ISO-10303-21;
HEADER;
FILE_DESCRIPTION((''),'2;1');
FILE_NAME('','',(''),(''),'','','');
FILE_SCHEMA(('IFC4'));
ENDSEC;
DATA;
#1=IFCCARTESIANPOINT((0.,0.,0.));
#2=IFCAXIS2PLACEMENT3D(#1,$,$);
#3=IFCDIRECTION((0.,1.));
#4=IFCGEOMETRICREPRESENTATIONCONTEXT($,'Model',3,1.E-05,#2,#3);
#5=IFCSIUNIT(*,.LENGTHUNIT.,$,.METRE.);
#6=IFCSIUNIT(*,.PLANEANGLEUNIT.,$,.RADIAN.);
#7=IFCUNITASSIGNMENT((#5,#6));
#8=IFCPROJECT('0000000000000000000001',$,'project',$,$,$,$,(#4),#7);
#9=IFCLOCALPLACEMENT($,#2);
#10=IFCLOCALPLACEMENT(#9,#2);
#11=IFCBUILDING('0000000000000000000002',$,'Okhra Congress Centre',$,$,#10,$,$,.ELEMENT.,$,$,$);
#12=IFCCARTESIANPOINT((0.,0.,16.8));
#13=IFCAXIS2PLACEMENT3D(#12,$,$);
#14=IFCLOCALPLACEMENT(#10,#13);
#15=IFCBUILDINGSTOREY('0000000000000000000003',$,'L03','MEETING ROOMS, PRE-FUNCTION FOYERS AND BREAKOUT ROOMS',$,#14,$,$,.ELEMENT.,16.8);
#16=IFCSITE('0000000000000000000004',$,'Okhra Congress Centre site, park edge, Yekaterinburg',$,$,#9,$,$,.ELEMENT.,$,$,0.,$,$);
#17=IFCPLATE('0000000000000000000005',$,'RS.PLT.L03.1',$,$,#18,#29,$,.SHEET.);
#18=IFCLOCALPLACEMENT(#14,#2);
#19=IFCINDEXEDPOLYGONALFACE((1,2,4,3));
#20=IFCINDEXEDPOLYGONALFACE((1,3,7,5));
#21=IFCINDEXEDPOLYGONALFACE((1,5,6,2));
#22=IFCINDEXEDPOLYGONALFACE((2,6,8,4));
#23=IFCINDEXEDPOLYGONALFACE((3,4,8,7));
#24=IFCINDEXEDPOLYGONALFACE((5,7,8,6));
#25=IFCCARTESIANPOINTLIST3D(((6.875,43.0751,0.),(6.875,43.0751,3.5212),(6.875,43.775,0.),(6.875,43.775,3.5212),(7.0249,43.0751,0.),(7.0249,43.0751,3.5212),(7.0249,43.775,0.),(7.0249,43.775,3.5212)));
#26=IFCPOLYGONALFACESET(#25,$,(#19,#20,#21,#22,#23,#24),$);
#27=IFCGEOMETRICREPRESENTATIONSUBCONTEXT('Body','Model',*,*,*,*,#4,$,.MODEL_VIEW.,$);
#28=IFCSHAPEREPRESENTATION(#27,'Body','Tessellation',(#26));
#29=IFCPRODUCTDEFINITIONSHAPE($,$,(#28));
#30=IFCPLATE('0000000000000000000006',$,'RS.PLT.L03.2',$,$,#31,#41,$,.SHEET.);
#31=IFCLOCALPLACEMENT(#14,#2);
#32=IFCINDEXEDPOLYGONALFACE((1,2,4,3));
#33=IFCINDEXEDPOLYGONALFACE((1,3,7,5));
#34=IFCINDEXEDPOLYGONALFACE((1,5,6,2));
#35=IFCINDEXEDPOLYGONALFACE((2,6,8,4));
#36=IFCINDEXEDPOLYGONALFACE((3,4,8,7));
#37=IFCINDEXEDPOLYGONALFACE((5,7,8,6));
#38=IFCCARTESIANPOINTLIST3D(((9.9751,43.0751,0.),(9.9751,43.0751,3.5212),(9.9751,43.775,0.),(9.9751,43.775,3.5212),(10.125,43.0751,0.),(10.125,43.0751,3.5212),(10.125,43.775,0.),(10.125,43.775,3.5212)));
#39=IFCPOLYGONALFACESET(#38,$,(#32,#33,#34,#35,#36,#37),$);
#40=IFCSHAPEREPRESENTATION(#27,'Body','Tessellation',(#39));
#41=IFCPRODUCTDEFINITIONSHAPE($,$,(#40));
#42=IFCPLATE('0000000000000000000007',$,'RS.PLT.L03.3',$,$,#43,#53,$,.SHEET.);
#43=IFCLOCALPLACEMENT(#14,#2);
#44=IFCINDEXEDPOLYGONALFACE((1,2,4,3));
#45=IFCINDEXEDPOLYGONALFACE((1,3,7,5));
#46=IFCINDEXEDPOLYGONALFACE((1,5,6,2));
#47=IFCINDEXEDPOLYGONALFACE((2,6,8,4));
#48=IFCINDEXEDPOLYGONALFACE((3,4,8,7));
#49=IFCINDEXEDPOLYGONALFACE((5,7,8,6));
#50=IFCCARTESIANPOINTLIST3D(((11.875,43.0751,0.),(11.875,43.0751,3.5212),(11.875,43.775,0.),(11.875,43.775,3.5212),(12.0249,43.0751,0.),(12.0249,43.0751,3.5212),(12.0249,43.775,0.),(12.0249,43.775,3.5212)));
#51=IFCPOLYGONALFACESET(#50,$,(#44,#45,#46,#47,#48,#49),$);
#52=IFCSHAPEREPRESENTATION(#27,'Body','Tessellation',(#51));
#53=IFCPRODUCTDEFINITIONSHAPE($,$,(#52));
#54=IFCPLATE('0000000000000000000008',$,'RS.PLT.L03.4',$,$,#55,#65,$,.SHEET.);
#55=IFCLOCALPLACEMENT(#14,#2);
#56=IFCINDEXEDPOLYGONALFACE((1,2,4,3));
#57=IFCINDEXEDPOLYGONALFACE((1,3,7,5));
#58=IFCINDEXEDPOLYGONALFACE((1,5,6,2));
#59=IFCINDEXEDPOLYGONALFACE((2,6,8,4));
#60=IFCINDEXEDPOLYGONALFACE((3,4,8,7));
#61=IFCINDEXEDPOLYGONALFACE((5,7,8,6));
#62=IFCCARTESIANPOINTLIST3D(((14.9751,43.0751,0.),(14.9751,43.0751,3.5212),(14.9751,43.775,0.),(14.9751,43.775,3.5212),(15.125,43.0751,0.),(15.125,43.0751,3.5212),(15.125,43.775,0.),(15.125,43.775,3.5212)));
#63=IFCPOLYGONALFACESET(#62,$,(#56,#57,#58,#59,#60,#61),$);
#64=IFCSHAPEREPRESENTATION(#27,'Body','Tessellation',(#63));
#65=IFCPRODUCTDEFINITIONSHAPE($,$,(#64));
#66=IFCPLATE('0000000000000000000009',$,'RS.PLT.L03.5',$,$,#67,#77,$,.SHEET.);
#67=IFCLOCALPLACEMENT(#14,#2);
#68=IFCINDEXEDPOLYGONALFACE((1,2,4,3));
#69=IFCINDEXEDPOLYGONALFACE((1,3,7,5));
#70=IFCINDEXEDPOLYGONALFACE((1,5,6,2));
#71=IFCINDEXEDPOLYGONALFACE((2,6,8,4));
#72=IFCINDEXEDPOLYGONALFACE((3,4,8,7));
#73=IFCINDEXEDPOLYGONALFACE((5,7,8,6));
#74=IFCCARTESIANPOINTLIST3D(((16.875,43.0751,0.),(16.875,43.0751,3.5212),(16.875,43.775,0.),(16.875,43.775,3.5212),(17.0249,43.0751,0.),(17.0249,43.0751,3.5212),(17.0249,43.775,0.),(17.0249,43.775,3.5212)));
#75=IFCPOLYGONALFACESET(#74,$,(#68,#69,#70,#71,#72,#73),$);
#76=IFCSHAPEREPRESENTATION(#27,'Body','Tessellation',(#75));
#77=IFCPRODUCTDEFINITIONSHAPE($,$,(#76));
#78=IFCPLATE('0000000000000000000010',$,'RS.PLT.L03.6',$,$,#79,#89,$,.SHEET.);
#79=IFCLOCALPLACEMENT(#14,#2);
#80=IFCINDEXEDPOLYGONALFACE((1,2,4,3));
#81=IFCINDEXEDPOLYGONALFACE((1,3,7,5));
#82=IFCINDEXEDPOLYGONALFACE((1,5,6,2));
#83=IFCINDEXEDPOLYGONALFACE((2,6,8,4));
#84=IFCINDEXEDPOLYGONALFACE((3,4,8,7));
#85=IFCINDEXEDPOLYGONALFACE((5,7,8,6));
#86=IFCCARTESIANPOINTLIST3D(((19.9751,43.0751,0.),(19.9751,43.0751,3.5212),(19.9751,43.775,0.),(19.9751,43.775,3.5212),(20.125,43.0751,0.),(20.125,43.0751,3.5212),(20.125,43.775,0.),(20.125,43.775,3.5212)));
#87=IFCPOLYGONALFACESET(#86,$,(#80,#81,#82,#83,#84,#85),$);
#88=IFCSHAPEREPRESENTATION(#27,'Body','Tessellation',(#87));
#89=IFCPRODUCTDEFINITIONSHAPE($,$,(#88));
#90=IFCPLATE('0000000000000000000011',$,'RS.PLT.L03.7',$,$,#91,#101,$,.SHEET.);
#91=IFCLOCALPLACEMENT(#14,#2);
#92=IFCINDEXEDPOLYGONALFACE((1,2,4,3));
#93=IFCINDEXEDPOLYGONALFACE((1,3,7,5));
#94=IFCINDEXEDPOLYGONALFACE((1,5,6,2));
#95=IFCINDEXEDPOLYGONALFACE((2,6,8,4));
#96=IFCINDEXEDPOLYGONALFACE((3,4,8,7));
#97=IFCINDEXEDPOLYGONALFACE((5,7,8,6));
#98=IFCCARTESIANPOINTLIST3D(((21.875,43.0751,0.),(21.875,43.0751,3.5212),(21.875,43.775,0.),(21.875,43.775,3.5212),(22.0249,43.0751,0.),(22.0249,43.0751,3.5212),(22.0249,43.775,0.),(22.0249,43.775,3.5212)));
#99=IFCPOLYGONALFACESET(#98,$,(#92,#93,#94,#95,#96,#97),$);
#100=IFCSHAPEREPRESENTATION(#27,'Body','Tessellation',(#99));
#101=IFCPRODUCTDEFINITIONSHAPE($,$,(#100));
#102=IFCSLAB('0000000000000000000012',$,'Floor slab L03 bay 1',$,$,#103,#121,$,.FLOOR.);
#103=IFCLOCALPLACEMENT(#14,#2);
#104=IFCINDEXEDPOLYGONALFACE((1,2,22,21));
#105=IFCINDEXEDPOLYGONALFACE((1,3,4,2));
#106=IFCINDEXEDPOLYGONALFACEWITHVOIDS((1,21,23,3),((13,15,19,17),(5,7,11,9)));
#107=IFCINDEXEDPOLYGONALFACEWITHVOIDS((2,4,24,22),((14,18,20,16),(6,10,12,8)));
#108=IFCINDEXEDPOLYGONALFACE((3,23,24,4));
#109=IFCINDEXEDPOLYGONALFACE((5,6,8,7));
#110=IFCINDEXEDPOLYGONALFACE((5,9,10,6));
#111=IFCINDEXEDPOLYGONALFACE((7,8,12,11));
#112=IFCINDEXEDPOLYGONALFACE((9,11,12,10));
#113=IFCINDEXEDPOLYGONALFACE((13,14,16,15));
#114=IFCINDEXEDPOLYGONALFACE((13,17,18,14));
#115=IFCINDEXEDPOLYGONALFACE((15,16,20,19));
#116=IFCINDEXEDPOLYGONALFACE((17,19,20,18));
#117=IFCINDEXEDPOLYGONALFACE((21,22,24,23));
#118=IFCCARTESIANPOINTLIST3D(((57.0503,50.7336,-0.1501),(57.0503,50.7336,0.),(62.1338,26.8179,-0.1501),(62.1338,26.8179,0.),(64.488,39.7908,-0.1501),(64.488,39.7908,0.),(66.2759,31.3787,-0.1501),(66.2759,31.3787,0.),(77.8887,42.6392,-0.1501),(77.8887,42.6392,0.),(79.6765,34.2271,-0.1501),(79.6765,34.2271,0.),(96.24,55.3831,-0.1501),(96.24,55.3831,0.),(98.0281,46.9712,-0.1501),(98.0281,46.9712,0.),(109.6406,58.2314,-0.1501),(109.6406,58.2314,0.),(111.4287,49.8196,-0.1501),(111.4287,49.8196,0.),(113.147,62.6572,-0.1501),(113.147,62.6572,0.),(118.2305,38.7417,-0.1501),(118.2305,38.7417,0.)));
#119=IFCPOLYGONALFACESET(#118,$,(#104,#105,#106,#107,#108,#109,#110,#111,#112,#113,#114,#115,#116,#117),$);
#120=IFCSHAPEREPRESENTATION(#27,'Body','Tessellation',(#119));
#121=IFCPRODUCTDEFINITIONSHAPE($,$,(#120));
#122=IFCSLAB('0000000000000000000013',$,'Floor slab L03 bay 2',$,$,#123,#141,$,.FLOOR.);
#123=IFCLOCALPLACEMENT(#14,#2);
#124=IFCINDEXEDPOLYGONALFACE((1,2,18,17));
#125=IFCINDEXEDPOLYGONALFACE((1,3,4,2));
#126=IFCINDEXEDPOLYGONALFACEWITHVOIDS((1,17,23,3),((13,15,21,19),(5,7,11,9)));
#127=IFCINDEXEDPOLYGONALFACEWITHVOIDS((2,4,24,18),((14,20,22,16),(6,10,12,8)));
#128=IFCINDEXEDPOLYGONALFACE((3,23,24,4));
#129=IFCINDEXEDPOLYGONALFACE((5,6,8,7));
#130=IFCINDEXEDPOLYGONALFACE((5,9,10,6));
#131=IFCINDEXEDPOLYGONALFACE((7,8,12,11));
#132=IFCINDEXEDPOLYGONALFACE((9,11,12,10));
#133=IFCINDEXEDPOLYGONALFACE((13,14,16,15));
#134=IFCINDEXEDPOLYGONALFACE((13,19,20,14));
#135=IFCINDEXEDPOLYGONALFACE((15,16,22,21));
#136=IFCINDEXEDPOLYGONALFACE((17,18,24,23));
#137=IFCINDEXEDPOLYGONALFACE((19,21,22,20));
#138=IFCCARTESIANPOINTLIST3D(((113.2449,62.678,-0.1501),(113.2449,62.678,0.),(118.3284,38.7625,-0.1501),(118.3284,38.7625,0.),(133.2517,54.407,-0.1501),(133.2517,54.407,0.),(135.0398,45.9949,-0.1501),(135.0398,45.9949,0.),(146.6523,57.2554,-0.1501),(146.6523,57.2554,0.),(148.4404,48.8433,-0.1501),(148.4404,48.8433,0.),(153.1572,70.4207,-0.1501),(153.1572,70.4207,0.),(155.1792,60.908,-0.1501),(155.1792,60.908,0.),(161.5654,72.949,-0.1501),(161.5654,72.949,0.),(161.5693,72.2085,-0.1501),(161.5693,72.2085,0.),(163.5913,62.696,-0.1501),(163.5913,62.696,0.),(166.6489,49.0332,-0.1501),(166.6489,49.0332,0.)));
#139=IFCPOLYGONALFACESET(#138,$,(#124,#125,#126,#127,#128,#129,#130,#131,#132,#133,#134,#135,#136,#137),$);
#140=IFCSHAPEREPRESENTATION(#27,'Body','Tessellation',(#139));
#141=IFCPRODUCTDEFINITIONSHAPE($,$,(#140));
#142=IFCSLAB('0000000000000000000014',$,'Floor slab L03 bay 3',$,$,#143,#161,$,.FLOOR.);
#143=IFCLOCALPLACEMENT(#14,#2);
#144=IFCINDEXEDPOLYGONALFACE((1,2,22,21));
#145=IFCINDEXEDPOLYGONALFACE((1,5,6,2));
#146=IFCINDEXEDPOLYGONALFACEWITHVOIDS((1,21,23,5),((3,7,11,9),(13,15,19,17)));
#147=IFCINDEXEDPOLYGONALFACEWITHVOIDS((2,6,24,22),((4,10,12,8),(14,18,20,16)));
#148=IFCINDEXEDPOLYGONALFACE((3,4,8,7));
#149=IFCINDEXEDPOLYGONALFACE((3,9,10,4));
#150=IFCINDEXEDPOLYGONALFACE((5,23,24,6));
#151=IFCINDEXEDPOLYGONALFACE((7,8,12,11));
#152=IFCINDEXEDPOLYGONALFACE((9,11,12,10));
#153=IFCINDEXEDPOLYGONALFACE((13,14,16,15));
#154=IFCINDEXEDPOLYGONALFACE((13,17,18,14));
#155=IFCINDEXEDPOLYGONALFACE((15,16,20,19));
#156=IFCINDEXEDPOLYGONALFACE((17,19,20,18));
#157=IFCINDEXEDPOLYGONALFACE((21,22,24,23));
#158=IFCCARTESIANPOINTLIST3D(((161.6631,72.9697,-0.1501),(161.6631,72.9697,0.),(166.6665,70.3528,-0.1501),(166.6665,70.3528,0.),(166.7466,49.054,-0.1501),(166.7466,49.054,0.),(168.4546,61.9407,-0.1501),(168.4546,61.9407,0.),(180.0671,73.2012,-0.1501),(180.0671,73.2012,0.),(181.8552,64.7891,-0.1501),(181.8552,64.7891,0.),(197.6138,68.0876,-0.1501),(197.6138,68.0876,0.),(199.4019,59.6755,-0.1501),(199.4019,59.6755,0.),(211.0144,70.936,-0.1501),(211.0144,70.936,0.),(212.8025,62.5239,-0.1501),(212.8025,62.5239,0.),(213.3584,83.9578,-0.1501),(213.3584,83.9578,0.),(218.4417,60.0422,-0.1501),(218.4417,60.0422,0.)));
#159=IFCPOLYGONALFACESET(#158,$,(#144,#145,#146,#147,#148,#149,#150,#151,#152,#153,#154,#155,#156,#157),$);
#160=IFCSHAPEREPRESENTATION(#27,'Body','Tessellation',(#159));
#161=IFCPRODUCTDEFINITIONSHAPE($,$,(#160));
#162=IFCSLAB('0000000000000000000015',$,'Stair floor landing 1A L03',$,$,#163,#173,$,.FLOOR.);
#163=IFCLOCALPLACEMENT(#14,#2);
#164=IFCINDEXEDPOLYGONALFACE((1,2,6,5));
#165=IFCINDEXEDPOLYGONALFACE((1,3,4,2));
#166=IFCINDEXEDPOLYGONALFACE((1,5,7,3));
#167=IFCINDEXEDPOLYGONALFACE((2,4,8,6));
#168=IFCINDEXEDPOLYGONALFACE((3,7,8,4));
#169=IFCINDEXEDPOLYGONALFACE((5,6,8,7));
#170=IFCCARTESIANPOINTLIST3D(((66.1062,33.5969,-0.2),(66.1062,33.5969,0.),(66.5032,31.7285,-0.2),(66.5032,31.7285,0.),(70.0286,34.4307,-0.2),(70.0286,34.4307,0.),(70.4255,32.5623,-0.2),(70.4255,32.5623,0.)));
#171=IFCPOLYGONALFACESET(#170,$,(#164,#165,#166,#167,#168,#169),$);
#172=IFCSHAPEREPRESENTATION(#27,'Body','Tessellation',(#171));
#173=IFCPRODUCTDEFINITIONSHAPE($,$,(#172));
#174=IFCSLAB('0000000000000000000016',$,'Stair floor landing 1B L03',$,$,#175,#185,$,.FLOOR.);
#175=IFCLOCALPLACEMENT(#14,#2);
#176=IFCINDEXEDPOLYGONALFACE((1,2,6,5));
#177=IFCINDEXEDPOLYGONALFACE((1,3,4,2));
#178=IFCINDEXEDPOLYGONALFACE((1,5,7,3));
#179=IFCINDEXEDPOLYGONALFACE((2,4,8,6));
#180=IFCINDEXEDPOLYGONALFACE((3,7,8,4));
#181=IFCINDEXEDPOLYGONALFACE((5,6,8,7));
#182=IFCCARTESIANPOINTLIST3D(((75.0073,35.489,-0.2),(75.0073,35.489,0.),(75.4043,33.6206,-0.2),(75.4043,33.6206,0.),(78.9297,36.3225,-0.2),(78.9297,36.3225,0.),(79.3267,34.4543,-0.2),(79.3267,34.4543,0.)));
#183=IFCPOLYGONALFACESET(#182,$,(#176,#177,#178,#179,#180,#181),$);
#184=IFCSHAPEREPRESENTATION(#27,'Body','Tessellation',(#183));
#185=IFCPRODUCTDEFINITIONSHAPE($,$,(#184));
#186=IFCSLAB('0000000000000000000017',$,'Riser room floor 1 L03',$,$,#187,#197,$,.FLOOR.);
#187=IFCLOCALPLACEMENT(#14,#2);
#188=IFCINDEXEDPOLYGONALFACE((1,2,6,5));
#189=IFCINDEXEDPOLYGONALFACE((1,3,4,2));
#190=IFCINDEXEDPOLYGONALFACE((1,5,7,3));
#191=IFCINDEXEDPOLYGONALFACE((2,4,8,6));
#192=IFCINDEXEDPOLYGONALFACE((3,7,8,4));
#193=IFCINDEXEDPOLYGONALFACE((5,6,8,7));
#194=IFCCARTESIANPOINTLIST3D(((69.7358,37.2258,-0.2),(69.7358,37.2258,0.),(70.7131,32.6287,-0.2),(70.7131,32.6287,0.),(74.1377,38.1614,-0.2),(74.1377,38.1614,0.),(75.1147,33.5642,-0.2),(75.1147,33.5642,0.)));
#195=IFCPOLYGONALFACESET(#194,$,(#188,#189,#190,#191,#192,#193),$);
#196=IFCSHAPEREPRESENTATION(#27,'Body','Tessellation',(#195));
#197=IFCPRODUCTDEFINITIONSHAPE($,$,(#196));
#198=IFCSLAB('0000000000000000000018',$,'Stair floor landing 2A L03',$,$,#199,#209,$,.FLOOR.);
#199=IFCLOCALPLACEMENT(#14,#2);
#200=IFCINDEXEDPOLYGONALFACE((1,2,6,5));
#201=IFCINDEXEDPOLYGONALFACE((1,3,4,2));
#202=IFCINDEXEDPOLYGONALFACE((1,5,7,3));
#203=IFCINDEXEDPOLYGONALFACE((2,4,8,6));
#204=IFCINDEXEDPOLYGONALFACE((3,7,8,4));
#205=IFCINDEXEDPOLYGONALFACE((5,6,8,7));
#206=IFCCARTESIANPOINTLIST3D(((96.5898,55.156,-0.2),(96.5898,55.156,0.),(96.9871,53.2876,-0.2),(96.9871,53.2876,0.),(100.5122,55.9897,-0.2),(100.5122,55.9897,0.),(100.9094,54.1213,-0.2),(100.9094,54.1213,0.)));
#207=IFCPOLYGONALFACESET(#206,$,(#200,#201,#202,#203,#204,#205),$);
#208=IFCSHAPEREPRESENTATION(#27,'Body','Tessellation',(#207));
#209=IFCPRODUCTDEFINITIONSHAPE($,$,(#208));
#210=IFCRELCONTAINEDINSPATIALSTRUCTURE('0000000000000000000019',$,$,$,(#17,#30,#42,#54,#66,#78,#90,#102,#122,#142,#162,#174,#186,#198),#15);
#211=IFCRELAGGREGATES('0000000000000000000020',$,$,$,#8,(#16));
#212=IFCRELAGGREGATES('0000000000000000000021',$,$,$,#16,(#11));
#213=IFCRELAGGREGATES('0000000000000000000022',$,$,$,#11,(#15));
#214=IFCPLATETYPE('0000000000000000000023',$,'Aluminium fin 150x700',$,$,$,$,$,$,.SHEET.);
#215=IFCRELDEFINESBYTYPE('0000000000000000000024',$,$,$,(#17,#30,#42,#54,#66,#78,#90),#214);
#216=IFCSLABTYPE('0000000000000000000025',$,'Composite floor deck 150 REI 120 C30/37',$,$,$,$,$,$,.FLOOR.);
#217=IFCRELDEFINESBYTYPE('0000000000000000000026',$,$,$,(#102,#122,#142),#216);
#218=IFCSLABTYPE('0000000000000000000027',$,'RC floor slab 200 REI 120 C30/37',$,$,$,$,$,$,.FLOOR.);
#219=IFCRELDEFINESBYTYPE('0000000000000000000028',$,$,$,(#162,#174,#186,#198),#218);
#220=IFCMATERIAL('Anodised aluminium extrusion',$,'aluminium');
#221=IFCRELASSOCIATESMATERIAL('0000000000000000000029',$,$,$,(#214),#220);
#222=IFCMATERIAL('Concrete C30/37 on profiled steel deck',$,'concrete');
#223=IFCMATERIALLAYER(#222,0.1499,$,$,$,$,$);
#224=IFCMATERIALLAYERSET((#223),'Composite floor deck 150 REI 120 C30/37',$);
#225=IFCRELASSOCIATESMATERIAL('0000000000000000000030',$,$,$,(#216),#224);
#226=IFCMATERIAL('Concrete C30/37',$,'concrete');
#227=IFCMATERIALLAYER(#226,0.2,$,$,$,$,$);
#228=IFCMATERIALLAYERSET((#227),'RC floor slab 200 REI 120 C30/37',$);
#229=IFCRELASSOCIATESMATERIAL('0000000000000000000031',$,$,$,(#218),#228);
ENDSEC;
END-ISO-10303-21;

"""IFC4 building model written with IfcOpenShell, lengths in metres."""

from ifc_helpers import new_model, si_unit, direction, frame, origin, origin_2d, place, context, subcontext, project, spatial, polyline, rectangle, outline, extrude, material, layer, layer_set, type_object, element, save


model = new_model("IFC4")

# Units and contexts
model_context = context("Model", 3, precision=1e-05, world=origin(), true_north=direction((0.0, 1.0)))
body_context = subcontext(model_context, "Body", "Model", "MODEL_VIEW")
ifc_project = project(units=[si_unit("LENGTHUNIT", "METRE"), si_unit("PLANEANGLEUNIT", "RADIAN")], contexts=[model_context])

# Site, building, storey
site_placement = place(None, origin())
site = spatial("IfcSite", under=ifc_project, at=site_placement, Name="Okhra Congress Centre site, park edge, Yekaterinburg", CompositionType="ELEMENT", RefElevation=0.0)
building_placement = place(site_placement, origin())
building = spatial("IfcBuilding", under=site, at=building_placement, Name="Okhra Congress Centre", CompositionType="ELEMENT")
storey_placement = place(building_placement, frame((0.0, 0.0, 16.8)))
storey = spatial("IfcBuildingStorey", under=building, at=storey_placement, Name="L03", Description="MEETING ROOMS, PRE-FUNCTION FOYERS AND BREAKOUT ROOMS", CompositionType="ELEMENT", Elevation=16.8)

# Plates
ifc_material_1 = material(Name="Anodised aluminium extrusion", Category="aluminium")
plate_type = type_object("IfcPlateType", Name="Aluminium fin 150x700", PredefinedType="SHEET", material=ifc_material_1)
for number, where, z_axis, x_axis, name in (
    (1, (6.95, 43.425, 0.0), (0.0, 0.0, 1.0), (1.0, 0.0, 0.0), "RS.PLT.L03.1"),
    (2, (10.05, 43.425, 0.0), (0.0, 0.0, 1.0), (1.0, 0.0, 0.0), "RS.PLT.L03.2"),
    (3, (11.95, 43.425, 0.0), (0.0, 0.0, 1.0), (1.0, 0.0, 0.0), "RS.PLT.L03.3"),
    (4, (15.05, 43.425, 0.0), (0.0, 0.0, 1.0), (1.0, 0.0, 0.0), "RS.PLT.L03.4"),
    (5, (16.95, 43.425, 0.0), (0.0, 0.0, 1.0), (1.0, 0.0, 0.0), "RS.PLT.L03.5"),
    (6, (20.05, 43.425, 0.0), (0.0, 0.0, 1.0), (1.0, 0.0, 0.0), "RS.PLT.L03.6"),
    (7, (21.95, 43.425, 0.0), (0.0, 0.0, 1.0), (1.0, 0.0, 0.0), "RS.PLT.L03.7"),
):
    element("IfcPlate", number, at=place(storey_placement, frame(where, z_axis=z_axis, x_axis=x_axis)), inside=storey, type_object=plate_type, Name=name, PredefinedType="SHEET", context=body_context, shape_type="SweptSolid", body=[
        extrude(rectangle(XDim=0.1499, YDim=0.7, at=origin_2d()), origin(), (0.0, 0.0, 1.0), 3.5212),
    ])

# Slabs
ifc_material_2 = material(Name="Concrete C30/37 on profiled steel deck", Category="concrete")
ifc_layer_1 = layer(ifc_material_2, 0.1499)
ifc_layer_set_1 = layer_set([ifc_layer_1], Name="Composite floor deck 150 REI 120 C30/37")
slab_type_1 = type_object("IfcSlabType", Name="Composite floor deck 150 REI 120 C30/37", PredefinedType="FLOOR", material=ifc_layer_set_1)
slab_1_placement = place(storey_placement, frame((0.0, 0.0, -0.1501)))
element("IfcSlab", 8, at=slab_1_placement, inside=storey, type_object=slab_type_1, Name="Floor slab L03 bay 1", PredefinedType="FLOOR", context=body_context, shape_type="SweptSolid", body=[
    extrude(outline(polyline([(57.0503, 50.7336), (62.1338, 26.8179), (118.2305, 38.7417), (113.147, 62.6572), (57.0503, 50.7336)]), holes=[polyline([(66.2759, 31.3787), (79.6765, 34.2271), (77.8887, 42.6392), (64.488, 39.7908), (66.2759, 31.3787)]), polyline([(96.24, 55.3831), (98.0281, 46.9712), (111.4287, 49.8196), (109.6406, 58.2314), (96.24, 55.3831)])]), origin(), (0.0, 0.0, 1.0), 0.1501),
])
slab_2_placement = place(storey_placement, frame((0.0, 0.0, -0.1501)))
element("IfcSlab", 9, at=slab_2_placement, inside=storey, type_object=slab_type_1, Name="Floor slab L03 bay 2", PredefinedType="FLOOR", context=body_context, shape_type="SweptSolid", body=[
    extrude(outline(polyline([(113.2449, 62.678), (118.3284, 38.7625), (166.6489, 49.0332), (161.5654, 72.949), (113.2449, 62.678)]), holes=[polyline([(146.6523, 57.2554), (133.2517, 54.407), (135.0398, 45.9949), (148.4404, 48.8433), (146.6523, 57.2554)]), polyline([(153.1572, 70.4207), (155.1792, 60.908), (163.5913, 62.696), (161.5693, 72.2085), (153.1572, 70.4207)])]), origin(), (0.0, 0.0, 1.0), 0.1501),
])
slab_3_placement = place(storey_placement, frame((0.0, 0.0, -0.1501)))
element("IfcSlab", 10, at=slab_3_placement, inside=storey, type_object=slab_type_1, Name="Floor slab L03 bay 3", PredefinedType="FLOOR", context=body_context, shape_type="SweptSolid", body=[
    extrude(outline(polyline([(161.6631, 72.9697), (166.7466, 49.054), (218.4417, 60.0422), (213.3584, 83.9578), (161.6631, 72.9697)]), holes=[polyline([(181.8552, 64.7891), (180.0671, 73.2012), (166.6665, 70.3528), (168.4546, 61.9407), (181.8552, 64.7891)]), polyline([(199.4019, 59.6755), (212.8025, 62.5239), (211.0144, 70.936), (197.6138, 68.0876), (199.4019, 59.6755)])]), origin(), (0.0, 0.0, 1.0), 0.1501),
])
ifc_material_3 = material(Name="Concrete C30/37", Category="concrete")
ifc_layer_2 = layer(ifc_material_3, 0.2)
ifc_layer_set_2 = layer_set([ifc_layer_2], Name="RC floor slab 200 REI 120 C30/37")
slab_type_2 = type_object("IfcSlabType", Name="RC floor slab 200 REI 120 C30/37", PredefinedType="FLOOR", material=ifc_layer_set_2)
slab_4_placement = place(storey_placement, frame((0.0, 0.0, -0.2)))
element("IfcSlab", 11, at=slab_4_placement, inside=storey, type_object=slab_type_2, Name="Stair floor landing 1A L03", PredefinedType="FLOOR", context=body_context, shape_type="SweptSolid", body=[
    extrude(outline(polyline([(70.4255, 32.5623), (66.5032, 31.7285), (66.1062, 33.5969), (70.0286, 34.4307), (70.4255, 32.5623)])), origin(), (0.0, 0.0, 1.0), 0.2),
])
slab_5_placement = place(storey_placement, frame((0.0, 0.0, -0.2)))
element("IfcSlab", 12, at=slab_5_placement, inside=storey, type_object=slab_type_2, Name="Stair floor landing 1B L03", PredefinedType="FLOOR", context=body_context, shape_type="SweptSolid", body=[
    extrude(outline(polyline([(79.3267, 34.4543), (75.4043, 33.6206), (75.0073, 35.489), (78.9297, 36.3225), (79.3267, 34.4543)])), origin(), (0.0, 0.0, 1.0), 0.2),
])
slab_6_placement = place(storey_placement, frame((0.0, 0.0, -0.2)))
element("IfcSlab", 13, at=slab_6_placement, inside=storey, type_object=slab_type_2, Name="Riser room floor 1 L03", PredefinedType="FLOOR", context=body_context, shape_type="SweptSolid", body=[
    extrude(outline(polyline([(70.7131, 32.6287), (75.1147, 33.5642), (74.1377, 38.1614), (69.7358, 37.2258), (70.7131, 32.6287)])), origin(), (0.0, 0.0, 1.0), 0.2),
])
slab_7_placement = place(storey_placement, frame((0.0, 0.0, -0.2)))
element("IfcSlab", 14, at=slab_7_placement, inside=storey, type_object=slab_type_2, Name="Stair floor landing 2A L03", PredefinedType="FLOOR", context=body_context, shape_type="SweptSolid", body=[
    extrude(outline(polyline([(96.5898, 55.156), (100.5122, 55.9897), (100.9094, 54.1213), (96.9871, 53.2876), (96.5898, 55.156)])), origin(), (0.0, 0.0, 1.0), 0.2),
])

save(model, "model.ifc")
